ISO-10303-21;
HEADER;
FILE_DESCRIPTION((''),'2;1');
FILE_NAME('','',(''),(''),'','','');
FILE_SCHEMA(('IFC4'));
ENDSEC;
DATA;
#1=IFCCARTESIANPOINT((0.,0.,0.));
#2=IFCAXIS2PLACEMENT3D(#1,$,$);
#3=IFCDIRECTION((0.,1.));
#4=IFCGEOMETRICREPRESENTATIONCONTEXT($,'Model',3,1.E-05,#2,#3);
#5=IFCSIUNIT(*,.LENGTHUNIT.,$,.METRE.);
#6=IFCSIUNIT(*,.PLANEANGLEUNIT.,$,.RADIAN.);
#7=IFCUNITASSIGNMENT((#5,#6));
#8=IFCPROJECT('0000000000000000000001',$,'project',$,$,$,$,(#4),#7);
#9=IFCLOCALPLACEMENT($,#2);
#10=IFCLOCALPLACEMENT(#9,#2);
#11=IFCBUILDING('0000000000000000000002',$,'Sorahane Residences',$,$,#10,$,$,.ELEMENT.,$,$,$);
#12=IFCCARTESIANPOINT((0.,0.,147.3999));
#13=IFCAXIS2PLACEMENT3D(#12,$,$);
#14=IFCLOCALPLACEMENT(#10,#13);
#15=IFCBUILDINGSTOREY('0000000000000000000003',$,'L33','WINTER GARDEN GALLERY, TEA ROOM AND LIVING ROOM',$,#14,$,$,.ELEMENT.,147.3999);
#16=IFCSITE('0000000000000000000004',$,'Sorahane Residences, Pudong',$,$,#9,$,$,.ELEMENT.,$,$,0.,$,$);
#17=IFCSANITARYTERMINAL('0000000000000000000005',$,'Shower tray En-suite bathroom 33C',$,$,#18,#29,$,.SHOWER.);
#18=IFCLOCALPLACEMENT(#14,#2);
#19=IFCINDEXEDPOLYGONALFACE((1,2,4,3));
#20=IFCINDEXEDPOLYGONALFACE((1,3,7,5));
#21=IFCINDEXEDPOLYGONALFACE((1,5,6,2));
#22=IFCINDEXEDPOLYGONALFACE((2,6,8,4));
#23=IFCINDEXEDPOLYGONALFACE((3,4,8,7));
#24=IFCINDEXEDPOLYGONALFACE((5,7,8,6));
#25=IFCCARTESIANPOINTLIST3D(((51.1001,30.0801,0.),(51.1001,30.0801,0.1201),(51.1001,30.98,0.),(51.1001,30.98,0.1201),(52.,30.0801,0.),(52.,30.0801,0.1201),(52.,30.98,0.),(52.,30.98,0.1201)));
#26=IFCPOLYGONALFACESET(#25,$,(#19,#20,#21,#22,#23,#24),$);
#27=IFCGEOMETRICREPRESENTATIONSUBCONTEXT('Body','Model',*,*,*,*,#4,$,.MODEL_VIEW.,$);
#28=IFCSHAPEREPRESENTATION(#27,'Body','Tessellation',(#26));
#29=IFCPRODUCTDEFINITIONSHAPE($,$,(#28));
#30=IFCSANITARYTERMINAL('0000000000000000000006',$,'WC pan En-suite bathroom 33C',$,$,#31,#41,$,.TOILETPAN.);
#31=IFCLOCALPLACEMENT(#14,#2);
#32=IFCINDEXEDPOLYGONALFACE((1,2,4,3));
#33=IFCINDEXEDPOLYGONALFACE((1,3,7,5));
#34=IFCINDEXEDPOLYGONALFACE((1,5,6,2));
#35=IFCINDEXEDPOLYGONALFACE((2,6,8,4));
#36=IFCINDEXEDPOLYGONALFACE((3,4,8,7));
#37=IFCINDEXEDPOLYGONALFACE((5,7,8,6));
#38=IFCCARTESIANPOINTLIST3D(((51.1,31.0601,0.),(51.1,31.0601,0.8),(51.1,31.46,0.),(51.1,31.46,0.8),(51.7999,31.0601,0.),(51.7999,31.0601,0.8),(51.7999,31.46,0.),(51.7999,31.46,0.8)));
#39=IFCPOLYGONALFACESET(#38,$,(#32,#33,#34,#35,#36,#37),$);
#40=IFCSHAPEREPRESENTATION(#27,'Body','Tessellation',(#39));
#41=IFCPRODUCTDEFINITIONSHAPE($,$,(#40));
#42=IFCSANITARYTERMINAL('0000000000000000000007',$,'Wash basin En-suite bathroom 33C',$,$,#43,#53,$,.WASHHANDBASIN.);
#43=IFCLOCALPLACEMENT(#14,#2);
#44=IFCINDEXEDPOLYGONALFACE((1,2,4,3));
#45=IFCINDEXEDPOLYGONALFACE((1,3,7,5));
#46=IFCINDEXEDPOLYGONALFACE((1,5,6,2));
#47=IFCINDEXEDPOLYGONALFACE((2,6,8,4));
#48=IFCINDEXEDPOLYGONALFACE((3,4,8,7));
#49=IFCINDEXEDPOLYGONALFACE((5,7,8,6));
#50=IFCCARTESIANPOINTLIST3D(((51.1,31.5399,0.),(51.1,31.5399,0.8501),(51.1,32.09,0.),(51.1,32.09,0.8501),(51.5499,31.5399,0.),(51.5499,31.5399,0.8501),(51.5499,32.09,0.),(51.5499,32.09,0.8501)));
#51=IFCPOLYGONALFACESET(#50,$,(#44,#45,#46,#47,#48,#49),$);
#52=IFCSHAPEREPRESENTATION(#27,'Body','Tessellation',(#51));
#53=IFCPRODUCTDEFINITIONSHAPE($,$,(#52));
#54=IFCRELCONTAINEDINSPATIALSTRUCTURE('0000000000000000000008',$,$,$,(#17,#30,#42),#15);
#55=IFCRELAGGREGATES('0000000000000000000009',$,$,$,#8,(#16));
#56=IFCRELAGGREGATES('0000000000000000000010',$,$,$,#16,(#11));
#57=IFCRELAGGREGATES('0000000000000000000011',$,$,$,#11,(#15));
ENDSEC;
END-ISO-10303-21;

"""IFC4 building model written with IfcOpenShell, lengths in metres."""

from ifc_helpers import new_model, si_unit, direction, frame, origin, origin_2d, place, context, subcontext, project, spatial, rectangle, extrude, element, save


model = new_model("IFC4")

# Units and contexts
model_context = context("Model", 3, precision=1e-05, world=origin(), true_north=direction((0.0, 1.0)))
body_context = subcontext(model_context, "Body", "Model", "MODEL_VIEW")
ifc_project = project(units=[si_unit("LENGTHUNIT", "METRE"), si_unit("PLANEANGLEUNIT", "RADIAN")], contexts=[model_context])

# Site, building, storey
site_placement = place(None, origin())
site = spatial("IfcSite", under=ifc_project, at=site_placement, Name="Sorahane Residences, Pudong", CompositionType="ELEMENT", RefElevation=0.0)
building_placement = place(site_placement, origin())
building = spatial("IfcBuilding", under=site, at=building_placement, Name="Sorahane Residences", CompositionType="ELEMENT")
storey_placement = place(building_placement, frame((0.0, 0.0, 147.3999)))
storey = spatial("IfcBuildingStorey", under=building, at=storey_placement, Name="L33", Description="WINTER GARDEN GALLERY, TEA ROOM AND LIVING ROOM", CompositionType="ELEMENT", Elevation=147.3999)

# Sanitary terminals
sanitary_terminal_1_placement = place(storey_placement, frame((51.55, 30.53, 0.0), z_axis=(0.0, 0.0, 1.0), x_axis=(0.0, 1.0, 0.0)))
element("IfcSanitaryTerminal", 1, at=sanitary_terminal_1_placement, inside=storey, Name="Shower tray En-suite bathroom 33C", PredefinedType="SHOWER", context=body_context, shape_type="SweptSolid", body=[
    extrude(rectangle(XDim=0.8999, YDim=0.8999, at=origin_2d()), origin(), (0.0, 0.0, 1.0), 0.1201),
])
sanitary_terminal_2_placement = place(storey_placement, frame((51.45, 31.26, 0.0), z_axis=(0.0, 0.0, 1.0), x_axis=(0.0, 1.0, 0.0)))
element("IfcSanitaryTerminal", 2, at=sanitary_terminal_2_placement, inside=storey, Name="WC pan En-suite bathroom 33C", PredefinedType="TOILETPAN", context=body_context, shape_type="SweptSolid", body=[
    extrude(rectangle(XDim=0.3999, YDim=0.7, at=origin_2d()), origin(), (0.0, 0.0, 1.0), 0.8),
])
sanitary_terminal_3_placement = place(storey_placement, frame((51.325, 31.8149, 0.0), z_axis=(0.0, 0.0, 1.0), x_axis=(0.0, 1.0, 0.0)))
element("IfcSanitaryTerminal", 3, at=sanitary_terminal_3_placement, inside=storey, Name="Wash basin En-suite bathroom 33C", PredefinedType="WASHHANDBASIN", context=body_context, shape_type="SweptSolid", body=[
    extrude(rectangle(XDim=0.55, YDim=0.45, at=origin_2d()), origin(), (0.0, 0.0, 1.0), 0.8501),
])

save(model, "model.ifc")
